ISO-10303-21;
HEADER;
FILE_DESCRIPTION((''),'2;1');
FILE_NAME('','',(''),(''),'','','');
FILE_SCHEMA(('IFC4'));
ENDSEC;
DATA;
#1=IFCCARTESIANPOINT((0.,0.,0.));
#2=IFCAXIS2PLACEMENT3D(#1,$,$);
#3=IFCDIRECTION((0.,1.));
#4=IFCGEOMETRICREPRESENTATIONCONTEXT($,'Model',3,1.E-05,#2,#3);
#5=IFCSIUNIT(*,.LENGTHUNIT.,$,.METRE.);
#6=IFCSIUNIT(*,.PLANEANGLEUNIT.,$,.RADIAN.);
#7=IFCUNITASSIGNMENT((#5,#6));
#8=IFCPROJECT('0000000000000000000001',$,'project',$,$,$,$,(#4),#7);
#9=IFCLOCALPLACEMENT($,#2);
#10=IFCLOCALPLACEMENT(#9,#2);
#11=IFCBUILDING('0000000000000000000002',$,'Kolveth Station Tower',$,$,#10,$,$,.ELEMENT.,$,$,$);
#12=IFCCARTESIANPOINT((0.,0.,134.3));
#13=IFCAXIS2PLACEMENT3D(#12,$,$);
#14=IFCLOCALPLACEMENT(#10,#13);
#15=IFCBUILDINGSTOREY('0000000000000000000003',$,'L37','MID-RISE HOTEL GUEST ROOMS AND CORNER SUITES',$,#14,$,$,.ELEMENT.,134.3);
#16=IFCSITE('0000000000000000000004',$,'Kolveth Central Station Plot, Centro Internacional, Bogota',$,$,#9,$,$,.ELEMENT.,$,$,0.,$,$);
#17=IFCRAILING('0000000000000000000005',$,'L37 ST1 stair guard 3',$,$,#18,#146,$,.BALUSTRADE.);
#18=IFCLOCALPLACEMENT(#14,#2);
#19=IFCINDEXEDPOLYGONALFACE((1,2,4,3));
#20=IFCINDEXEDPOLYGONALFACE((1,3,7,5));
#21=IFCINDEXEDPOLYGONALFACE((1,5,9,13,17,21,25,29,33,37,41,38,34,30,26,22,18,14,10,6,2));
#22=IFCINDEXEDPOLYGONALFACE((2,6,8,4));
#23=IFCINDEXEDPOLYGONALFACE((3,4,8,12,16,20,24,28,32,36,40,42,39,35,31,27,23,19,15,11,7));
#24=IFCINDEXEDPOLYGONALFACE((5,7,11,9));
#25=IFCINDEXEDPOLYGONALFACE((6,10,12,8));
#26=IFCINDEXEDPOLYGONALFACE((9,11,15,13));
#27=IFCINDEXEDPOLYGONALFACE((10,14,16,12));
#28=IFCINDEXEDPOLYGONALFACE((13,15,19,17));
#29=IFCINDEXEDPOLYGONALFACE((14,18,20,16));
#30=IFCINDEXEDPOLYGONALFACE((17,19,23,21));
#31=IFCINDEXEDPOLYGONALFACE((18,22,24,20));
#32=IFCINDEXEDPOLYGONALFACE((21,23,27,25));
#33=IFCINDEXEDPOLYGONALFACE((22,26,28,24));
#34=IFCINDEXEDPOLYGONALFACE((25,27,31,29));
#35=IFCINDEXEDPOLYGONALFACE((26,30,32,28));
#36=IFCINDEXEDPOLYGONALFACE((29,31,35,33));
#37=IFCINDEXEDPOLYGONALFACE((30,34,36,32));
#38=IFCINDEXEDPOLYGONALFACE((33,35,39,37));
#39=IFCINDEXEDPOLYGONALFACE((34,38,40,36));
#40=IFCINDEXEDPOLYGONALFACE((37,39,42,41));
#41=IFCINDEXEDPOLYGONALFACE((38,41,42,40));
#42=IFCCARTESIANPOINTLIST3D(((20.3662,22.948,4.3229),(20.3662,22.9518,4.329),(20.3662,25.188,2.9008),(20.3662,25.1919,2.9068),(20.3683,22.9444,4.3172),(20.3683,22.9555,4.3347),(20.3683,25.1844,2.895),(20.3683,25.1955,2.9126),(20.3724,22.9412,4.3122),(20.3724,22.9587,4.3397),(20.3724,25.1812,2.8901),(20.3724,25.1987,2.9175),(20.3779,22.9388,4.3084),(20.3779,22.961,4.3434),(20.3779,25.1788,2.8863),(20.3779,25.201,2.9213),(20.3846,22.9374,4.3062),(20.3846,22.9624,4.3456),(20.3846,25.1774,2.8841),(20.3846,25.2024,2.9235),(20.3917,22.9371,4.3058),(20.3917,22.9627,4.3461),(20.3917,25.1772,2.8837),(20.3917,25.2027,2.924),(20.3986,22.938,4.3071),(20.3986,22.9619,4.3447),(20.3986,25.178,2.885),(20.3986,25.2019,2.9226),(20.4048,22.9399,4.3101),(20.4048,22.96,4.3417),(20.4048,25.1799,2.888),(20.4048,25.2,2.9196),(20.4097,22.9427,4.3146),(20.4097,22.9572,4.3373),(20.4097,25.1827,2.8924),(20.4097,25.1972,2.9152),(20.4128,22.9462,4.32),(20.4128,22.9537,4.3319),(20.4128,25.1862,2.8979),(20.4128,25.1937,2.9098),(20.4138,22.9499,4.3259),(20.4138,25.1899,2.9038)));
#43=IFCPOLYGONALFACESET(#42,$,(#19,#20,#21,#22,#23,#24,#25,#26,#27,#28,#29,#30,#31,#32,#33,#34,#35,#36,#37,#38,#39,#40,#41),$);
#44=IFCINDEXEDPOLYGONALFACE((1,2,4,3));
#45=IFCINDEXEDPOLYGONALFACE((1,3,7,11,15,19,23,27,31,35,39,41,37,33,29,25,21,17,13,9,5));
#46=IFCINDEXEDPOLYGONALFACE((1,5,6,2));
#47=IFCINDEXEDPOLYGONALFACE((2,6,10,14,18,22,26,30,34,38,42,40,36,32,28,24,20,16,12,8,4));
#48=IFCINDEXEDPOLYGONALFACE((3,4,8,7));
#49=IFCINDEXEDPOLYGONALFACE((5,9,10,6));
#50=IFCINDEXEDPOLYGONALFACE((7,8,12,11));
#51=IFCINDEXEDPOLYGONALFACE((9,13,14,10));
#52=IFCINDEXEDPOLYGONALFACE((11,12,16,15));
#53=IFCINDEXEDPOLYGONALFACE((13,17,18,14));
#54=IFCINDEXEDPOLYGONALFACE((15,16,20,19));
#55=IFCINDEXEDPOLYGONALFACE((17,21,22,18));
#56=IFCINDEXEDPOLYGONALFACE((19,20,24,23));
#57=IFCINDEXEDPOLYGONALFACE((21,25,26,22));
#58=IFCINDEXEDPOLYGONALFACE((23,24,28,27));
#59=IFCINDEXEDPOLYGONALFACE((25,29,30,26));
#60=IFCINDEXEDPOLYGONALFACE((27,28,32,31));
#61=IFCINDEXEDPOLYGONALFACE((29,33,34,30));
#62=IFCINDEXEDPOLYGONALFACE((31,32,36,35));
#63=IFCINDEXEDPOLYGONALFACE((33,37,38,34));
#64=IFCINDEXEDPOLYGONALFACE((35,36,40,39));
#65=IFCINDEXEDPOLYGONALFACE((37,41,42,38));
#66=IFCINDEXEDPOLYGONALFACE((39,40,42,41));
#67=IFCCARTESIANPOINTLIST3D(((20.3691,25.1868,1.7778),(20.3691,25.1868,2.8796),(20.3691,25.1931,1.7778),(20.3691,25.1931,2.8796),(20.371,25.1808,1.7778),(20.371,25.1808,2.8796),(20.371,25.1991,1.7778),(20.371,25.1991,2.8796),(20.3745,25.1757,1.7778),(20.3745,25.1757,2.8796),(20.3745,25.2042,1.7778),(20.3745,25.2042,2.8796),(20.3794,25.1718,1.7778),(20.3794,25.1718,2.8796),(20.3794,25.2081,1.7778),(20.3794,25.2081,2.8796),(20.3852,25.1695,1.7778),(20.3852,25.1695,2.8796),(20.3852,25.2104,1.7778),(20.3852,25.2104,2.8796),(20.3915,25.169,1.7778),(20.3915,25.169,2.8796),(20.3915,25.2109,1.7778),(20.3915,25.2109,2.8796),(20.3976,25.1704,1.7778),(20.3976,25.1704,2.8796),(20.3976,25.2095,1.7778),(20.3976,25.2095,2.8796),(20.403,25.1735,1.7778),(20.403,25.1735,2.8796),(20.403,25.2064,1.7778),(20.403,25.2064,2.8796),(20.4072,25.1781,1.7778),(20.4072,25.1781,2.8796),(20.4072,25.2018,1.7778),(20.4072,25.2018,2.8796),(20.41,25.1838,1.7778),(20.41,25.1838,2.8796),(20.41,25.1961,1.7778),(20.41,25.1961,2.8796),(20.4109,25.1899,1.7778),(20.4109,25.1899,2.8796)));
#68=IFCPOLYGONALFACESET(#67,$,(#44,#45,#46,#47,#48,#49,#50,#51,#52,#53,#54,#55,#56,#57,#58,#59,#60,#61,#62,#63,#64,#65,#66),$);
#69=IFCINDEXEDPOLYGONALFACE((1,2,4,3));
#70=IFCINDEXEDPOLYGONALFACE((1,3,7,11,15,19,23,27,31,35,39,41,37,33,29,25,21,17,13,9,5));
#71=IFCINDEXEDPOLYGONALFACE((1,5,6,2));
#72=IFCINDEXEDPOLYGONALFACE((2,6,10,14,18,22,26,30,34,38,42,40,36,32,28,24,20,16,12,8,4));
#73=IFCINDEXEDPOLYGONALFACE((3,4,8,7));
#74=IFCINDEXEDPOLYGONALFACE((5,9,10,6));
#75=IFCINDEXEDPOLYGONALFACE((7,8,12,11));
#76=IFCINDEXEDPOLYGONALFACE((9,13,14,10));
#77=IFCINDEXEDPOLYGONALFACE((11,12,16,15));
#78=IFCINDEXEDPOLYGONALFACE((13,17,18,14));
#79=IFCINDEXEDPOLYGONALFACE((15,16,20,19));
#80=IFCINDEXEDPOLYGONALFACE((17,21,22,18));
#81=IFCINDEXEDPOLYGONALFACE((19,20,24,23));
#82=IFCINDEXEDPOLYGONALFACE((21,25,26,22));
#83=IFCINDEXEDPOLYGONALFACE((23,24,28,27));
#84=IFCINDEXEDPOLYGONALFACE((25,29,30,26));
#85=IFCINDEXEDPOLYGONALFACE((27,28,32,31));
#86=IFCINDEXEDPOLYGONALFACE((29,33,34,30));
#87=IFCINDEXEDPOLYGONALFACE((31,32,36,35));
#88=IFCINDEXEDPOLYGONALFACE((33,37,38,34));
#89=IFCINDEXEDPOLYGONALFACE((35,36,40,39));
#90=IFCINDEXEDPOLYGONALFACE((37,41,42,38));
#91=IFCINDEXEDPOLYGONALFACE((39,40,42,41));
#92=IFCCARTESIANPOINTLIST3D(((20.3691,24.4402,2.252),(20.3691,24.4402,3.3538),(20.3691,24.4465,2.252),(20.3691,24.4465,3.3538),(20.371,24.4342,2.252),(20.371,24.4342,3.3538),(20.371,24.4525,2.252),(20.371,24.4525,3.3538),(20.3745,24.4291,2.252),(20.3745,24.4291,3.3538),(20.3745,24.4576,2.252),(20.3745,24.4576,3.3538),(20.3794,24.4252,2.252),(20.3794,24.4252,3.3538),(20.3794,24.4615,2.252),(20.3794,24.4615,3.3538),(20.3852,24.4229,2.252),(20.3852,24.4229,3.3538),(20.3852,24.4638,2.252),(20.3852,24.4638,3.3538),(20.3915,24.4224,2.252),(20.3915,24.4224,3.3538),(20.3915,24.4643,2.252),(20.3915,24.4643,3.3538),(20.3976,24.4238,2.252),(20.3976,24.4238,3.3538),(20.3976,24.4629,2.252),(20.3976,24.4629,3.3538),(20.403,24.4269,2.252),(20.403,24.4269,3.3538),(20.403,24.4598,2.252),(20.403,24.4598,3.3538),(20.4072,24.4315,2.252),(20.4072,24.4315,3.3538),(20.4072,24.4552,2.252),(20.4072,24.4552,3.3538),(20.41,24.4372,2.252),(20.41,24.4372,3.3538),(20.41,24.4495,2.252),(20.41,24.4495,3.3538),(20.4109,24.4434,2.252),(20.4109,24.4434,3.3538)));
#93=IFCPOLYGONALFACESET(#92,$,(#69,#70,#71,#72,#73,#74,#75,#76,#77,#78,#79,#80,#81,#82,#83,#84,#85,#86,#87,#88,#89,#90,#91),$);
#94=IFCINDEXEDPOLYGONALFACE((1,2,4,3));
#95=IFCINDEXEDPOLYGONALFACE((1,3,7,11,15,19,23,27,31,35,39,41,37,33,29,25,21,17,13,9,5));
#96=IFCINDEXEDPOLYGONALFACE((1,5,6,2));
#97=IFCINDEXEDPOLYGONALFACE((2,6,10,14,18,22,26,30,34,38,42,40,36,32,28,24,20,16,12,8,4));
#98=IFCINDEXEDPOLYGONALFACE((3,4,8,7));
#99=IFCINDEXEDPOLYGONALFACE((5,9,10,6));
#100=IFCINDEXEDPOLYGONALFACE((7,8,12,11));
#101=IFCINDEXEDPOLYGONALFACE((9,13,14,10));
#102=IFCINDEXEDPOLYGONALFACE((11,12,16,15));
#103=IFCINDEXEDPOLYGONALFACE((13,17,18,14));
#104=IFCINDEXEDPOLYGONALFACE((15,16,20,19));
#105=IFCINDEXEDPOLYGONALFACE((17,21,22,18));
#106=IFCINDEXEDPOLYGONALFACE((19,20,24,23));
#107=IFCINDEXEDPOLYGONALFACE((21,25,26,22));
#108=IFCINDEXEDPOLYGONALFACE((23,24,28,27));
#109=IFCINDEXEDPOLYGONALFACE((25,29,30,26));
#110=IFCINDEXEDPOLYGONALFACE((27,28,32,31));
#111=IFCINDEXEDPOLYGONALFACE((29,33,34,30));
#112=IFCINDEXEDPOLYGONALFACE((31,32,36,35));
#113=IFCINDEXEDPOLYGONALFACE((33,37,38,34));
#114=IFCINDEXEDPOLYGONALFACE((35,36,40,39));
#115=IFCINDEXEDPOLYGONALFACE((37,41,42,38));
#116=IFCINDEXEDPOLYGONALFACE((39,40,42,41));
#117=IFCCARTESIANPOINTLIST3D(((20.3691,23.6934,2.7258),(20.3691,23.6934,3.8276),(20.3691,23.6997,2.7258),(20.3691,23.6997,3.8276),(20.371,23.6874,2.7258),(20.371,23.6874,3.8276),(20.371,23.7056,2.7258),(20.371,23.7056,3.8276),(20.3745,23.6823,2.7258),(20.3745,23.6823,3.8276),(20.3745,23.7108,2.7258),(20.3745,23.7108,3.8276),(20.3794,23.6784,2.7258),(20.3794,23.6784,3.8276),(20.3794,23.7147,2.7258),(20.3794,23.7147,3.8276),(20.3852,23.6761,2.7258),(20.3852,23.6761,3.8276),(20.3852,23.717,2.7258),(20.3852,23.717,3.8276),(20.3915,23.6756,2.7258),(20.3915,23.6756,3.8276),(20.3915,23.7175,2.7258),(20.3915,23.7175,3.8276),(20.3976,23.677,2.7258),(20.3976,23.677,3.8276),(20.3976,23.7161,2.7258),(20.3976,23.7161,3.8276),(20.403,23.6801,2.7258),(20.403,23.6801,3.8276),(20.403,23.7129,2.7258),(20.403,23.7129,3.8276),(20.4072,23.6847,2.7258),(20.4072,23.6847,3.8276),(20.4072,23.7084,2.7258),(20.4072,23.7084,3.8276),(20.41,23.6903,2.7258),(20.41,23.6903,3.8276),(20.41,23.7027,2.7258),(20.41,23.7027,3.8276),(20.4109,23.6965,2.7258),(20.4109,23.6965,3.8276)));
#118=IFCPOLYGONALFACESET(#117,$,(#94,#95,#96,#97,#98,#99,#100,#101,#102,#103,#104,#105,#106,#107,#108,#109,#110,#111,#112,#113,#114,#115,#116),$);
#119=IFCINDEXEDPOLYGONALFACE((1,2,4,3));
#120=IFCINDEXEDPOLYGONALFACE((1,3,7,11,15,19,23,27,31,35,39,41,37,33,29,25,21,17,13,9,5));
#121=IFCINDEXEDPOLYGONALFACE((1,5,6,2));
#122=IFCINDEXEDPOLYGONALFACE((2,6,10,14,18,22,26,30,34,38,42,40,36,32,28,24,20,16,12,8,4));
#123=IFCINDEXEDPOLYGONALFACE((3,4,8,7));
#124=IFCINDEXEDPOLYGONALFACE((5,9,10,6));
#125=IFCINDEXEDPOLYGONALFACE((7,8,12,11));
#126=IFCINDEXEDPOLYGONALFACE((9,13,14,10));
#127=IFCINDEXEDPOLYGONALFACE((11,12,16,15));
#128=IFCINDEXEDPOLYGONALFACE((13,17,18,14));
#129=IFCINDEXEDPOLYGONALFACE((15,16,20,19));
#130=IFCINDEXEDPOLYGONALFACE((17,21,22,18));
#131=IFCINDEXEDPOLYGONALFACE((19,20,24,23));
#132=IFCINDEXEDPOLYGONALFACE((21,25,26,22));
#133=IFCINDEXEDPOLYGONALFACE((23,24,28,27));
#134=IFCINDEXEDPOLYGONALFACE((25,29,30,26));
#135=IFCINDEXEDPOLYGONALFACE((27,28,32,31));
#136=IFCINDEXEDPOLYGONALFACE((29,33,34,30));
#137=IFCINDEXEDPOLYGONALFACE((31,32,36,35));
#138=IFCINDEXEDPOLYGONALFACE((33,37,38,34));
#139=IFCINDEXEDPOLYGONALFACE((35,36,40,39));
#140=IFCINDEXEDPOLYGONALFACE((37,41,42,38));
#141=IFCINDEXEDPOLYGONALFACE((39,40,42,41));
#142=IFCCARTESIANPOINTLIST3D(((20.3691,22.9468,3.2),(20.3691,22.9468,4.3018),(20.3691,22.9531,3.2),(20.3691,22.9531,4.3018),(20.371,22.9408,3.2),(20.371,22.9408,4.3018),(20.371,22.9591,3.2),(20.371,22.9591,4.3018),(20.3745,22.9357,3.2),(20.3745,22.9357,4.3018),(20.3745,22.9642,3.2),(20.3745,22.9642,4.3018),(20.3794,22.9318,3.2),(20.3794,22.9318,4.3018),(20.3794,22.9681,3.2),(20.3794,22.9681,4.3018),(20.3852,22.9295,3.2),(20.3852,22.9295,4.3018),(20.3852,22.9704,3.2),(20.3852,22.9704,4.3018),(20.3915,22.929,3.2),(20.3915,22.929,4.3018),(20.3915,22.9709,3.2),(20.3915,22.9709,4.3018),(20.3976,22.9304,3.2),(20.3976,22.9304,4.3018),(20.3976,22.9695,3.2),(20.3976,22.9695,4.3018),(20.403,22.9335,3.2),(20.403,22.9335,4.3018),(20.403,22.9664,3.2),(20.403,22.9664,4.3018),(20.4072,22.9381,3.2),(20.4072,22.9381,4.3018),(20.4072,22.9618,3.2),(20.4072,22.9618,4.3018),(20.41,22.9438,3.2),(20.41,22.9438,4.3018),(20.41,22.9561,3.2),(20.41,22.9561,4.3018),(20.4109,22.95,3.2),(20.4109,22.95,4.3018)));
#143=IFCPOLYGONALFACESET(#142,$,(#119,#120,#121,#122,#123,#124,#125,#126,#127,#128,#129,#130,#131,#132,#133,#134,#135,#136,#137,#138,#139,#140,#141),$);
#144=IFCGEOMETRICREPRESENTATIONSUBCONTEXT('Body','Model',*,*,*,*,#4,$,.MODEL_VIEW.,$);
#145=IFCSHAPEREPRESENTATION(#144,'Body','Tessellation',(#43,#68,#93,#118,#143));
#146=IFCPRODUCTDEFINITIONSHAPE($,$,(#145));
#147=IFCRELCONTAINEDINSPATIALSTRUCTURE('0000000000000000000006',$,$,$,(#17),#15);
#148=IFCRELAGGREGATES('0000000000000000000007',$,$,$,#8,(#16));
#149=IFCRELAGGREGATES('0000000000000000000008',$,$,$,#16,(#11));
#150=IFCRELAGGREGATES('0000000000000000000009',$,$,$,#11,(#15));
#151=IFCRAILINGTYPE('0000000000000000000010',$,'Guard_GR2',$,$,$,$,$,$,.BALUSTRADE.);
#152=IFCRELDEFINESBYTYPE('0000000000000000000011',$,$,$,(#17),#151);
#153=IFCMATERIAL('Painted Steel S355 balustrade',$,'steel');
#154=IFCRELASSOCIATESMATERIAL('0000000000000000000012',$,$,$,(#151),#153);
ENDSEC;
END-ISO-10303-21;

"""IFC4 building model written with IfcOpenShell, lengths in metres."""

from ifc_helpers import new_model, si_unit, direction, frame, origin, origin_2d, place, context, subcontext, project, spatial, circle, extrude, material, type_object, element, save


model = new_model("IFC4")

# Units and contexts
model_context = context("Model", 3, precision=1e-05, world=origin(), true_north=direction((0.0, 1.0)))
body_context = subcontext(model_context, "Body", "Model", "MODEL_VIEW")
ifc_project = project(units=[si_unit("LENGTHUNIT", "METRE"), si_unit("PLANEANGLEUNIT", "RADIAN")], contexts=[model_context])

# Site, building, storey
site_placement = place(None, origin())
site = spatial("IfcSite", under=ifc_project, at=site_placement, Name="Kolveth Central Station Plot, Centro Internacional, Bogota", CompositionType="ELEMENT", RefElevation=0.0)
building_placement = place(site_placement, origin())
building = spatial("IfcBuilding", under=site, at=building_placement, Name="Kolveth Station Tower", CompositionType="ELEMENT")
storey_placement = place(building_placement, frame((0.0, 0.0, 134.3)))
storey = spatial("IfcBuildingStorey", under=building, at=storey_placement, Name="L37", Description="MID-RISE HOTEL GUEST ROOMS AND CORNER SUITES", CompositionType="ELEMENT", Elevation=134.3)

# Railing
ifc_material_1 = material(Name="Painted Steel S355 balustrade", Category="steel")
railing_type_1 = type_object("IfcRailingType", Name="Guard_GR2", PredefinedType="BALUSTRADE", material=ifc_material_1)
railing_1_placement = place(storey_placement, frame((20.3899, 25.1899, 1.7778)))
element("IfcRailing", 1, at=railing_1_placement, inside=storey, type_object=railing_type_1, Name="L37 ST1 stair guard 3", PredefinedType="BALUSTRADE", context=body_context, shape_type="SweptSolid", body=[
    extrude(circle(Radius=0.0239, at=origin_2d()), frame((0.0, 0.0, 1.126), z_axis=(0.0, -0.844229, 0.535982), x_axis=(1.0, 0.0, 0.0)), (0.0, 0.0, 1.0), 2.6533),
    extrude(circle(Radius=0.021, at=origin_2d()), origin(), (0.0, 0.0, 1.0), 1.1018),
    extrude(circle(Radius=0.021, at=origin_2d()), frame((0.0, -0.7466, 0.4741)), (0.0, 0.0, 1.0), 1.1018),
    extrude(circle(Radius=0.021, at=origin_2d()), frame((0.0, -1.4934, 0.948)), (0.0, 0.0, 1.0), 1.1018),
    extrude(circle(Radius=0.021, at=origin_2d()), frame((0.0, -2.24, 1.4221)), (0.0, 0.0, 1.0), 1.1018),
])

save(model, "model.ifc")
